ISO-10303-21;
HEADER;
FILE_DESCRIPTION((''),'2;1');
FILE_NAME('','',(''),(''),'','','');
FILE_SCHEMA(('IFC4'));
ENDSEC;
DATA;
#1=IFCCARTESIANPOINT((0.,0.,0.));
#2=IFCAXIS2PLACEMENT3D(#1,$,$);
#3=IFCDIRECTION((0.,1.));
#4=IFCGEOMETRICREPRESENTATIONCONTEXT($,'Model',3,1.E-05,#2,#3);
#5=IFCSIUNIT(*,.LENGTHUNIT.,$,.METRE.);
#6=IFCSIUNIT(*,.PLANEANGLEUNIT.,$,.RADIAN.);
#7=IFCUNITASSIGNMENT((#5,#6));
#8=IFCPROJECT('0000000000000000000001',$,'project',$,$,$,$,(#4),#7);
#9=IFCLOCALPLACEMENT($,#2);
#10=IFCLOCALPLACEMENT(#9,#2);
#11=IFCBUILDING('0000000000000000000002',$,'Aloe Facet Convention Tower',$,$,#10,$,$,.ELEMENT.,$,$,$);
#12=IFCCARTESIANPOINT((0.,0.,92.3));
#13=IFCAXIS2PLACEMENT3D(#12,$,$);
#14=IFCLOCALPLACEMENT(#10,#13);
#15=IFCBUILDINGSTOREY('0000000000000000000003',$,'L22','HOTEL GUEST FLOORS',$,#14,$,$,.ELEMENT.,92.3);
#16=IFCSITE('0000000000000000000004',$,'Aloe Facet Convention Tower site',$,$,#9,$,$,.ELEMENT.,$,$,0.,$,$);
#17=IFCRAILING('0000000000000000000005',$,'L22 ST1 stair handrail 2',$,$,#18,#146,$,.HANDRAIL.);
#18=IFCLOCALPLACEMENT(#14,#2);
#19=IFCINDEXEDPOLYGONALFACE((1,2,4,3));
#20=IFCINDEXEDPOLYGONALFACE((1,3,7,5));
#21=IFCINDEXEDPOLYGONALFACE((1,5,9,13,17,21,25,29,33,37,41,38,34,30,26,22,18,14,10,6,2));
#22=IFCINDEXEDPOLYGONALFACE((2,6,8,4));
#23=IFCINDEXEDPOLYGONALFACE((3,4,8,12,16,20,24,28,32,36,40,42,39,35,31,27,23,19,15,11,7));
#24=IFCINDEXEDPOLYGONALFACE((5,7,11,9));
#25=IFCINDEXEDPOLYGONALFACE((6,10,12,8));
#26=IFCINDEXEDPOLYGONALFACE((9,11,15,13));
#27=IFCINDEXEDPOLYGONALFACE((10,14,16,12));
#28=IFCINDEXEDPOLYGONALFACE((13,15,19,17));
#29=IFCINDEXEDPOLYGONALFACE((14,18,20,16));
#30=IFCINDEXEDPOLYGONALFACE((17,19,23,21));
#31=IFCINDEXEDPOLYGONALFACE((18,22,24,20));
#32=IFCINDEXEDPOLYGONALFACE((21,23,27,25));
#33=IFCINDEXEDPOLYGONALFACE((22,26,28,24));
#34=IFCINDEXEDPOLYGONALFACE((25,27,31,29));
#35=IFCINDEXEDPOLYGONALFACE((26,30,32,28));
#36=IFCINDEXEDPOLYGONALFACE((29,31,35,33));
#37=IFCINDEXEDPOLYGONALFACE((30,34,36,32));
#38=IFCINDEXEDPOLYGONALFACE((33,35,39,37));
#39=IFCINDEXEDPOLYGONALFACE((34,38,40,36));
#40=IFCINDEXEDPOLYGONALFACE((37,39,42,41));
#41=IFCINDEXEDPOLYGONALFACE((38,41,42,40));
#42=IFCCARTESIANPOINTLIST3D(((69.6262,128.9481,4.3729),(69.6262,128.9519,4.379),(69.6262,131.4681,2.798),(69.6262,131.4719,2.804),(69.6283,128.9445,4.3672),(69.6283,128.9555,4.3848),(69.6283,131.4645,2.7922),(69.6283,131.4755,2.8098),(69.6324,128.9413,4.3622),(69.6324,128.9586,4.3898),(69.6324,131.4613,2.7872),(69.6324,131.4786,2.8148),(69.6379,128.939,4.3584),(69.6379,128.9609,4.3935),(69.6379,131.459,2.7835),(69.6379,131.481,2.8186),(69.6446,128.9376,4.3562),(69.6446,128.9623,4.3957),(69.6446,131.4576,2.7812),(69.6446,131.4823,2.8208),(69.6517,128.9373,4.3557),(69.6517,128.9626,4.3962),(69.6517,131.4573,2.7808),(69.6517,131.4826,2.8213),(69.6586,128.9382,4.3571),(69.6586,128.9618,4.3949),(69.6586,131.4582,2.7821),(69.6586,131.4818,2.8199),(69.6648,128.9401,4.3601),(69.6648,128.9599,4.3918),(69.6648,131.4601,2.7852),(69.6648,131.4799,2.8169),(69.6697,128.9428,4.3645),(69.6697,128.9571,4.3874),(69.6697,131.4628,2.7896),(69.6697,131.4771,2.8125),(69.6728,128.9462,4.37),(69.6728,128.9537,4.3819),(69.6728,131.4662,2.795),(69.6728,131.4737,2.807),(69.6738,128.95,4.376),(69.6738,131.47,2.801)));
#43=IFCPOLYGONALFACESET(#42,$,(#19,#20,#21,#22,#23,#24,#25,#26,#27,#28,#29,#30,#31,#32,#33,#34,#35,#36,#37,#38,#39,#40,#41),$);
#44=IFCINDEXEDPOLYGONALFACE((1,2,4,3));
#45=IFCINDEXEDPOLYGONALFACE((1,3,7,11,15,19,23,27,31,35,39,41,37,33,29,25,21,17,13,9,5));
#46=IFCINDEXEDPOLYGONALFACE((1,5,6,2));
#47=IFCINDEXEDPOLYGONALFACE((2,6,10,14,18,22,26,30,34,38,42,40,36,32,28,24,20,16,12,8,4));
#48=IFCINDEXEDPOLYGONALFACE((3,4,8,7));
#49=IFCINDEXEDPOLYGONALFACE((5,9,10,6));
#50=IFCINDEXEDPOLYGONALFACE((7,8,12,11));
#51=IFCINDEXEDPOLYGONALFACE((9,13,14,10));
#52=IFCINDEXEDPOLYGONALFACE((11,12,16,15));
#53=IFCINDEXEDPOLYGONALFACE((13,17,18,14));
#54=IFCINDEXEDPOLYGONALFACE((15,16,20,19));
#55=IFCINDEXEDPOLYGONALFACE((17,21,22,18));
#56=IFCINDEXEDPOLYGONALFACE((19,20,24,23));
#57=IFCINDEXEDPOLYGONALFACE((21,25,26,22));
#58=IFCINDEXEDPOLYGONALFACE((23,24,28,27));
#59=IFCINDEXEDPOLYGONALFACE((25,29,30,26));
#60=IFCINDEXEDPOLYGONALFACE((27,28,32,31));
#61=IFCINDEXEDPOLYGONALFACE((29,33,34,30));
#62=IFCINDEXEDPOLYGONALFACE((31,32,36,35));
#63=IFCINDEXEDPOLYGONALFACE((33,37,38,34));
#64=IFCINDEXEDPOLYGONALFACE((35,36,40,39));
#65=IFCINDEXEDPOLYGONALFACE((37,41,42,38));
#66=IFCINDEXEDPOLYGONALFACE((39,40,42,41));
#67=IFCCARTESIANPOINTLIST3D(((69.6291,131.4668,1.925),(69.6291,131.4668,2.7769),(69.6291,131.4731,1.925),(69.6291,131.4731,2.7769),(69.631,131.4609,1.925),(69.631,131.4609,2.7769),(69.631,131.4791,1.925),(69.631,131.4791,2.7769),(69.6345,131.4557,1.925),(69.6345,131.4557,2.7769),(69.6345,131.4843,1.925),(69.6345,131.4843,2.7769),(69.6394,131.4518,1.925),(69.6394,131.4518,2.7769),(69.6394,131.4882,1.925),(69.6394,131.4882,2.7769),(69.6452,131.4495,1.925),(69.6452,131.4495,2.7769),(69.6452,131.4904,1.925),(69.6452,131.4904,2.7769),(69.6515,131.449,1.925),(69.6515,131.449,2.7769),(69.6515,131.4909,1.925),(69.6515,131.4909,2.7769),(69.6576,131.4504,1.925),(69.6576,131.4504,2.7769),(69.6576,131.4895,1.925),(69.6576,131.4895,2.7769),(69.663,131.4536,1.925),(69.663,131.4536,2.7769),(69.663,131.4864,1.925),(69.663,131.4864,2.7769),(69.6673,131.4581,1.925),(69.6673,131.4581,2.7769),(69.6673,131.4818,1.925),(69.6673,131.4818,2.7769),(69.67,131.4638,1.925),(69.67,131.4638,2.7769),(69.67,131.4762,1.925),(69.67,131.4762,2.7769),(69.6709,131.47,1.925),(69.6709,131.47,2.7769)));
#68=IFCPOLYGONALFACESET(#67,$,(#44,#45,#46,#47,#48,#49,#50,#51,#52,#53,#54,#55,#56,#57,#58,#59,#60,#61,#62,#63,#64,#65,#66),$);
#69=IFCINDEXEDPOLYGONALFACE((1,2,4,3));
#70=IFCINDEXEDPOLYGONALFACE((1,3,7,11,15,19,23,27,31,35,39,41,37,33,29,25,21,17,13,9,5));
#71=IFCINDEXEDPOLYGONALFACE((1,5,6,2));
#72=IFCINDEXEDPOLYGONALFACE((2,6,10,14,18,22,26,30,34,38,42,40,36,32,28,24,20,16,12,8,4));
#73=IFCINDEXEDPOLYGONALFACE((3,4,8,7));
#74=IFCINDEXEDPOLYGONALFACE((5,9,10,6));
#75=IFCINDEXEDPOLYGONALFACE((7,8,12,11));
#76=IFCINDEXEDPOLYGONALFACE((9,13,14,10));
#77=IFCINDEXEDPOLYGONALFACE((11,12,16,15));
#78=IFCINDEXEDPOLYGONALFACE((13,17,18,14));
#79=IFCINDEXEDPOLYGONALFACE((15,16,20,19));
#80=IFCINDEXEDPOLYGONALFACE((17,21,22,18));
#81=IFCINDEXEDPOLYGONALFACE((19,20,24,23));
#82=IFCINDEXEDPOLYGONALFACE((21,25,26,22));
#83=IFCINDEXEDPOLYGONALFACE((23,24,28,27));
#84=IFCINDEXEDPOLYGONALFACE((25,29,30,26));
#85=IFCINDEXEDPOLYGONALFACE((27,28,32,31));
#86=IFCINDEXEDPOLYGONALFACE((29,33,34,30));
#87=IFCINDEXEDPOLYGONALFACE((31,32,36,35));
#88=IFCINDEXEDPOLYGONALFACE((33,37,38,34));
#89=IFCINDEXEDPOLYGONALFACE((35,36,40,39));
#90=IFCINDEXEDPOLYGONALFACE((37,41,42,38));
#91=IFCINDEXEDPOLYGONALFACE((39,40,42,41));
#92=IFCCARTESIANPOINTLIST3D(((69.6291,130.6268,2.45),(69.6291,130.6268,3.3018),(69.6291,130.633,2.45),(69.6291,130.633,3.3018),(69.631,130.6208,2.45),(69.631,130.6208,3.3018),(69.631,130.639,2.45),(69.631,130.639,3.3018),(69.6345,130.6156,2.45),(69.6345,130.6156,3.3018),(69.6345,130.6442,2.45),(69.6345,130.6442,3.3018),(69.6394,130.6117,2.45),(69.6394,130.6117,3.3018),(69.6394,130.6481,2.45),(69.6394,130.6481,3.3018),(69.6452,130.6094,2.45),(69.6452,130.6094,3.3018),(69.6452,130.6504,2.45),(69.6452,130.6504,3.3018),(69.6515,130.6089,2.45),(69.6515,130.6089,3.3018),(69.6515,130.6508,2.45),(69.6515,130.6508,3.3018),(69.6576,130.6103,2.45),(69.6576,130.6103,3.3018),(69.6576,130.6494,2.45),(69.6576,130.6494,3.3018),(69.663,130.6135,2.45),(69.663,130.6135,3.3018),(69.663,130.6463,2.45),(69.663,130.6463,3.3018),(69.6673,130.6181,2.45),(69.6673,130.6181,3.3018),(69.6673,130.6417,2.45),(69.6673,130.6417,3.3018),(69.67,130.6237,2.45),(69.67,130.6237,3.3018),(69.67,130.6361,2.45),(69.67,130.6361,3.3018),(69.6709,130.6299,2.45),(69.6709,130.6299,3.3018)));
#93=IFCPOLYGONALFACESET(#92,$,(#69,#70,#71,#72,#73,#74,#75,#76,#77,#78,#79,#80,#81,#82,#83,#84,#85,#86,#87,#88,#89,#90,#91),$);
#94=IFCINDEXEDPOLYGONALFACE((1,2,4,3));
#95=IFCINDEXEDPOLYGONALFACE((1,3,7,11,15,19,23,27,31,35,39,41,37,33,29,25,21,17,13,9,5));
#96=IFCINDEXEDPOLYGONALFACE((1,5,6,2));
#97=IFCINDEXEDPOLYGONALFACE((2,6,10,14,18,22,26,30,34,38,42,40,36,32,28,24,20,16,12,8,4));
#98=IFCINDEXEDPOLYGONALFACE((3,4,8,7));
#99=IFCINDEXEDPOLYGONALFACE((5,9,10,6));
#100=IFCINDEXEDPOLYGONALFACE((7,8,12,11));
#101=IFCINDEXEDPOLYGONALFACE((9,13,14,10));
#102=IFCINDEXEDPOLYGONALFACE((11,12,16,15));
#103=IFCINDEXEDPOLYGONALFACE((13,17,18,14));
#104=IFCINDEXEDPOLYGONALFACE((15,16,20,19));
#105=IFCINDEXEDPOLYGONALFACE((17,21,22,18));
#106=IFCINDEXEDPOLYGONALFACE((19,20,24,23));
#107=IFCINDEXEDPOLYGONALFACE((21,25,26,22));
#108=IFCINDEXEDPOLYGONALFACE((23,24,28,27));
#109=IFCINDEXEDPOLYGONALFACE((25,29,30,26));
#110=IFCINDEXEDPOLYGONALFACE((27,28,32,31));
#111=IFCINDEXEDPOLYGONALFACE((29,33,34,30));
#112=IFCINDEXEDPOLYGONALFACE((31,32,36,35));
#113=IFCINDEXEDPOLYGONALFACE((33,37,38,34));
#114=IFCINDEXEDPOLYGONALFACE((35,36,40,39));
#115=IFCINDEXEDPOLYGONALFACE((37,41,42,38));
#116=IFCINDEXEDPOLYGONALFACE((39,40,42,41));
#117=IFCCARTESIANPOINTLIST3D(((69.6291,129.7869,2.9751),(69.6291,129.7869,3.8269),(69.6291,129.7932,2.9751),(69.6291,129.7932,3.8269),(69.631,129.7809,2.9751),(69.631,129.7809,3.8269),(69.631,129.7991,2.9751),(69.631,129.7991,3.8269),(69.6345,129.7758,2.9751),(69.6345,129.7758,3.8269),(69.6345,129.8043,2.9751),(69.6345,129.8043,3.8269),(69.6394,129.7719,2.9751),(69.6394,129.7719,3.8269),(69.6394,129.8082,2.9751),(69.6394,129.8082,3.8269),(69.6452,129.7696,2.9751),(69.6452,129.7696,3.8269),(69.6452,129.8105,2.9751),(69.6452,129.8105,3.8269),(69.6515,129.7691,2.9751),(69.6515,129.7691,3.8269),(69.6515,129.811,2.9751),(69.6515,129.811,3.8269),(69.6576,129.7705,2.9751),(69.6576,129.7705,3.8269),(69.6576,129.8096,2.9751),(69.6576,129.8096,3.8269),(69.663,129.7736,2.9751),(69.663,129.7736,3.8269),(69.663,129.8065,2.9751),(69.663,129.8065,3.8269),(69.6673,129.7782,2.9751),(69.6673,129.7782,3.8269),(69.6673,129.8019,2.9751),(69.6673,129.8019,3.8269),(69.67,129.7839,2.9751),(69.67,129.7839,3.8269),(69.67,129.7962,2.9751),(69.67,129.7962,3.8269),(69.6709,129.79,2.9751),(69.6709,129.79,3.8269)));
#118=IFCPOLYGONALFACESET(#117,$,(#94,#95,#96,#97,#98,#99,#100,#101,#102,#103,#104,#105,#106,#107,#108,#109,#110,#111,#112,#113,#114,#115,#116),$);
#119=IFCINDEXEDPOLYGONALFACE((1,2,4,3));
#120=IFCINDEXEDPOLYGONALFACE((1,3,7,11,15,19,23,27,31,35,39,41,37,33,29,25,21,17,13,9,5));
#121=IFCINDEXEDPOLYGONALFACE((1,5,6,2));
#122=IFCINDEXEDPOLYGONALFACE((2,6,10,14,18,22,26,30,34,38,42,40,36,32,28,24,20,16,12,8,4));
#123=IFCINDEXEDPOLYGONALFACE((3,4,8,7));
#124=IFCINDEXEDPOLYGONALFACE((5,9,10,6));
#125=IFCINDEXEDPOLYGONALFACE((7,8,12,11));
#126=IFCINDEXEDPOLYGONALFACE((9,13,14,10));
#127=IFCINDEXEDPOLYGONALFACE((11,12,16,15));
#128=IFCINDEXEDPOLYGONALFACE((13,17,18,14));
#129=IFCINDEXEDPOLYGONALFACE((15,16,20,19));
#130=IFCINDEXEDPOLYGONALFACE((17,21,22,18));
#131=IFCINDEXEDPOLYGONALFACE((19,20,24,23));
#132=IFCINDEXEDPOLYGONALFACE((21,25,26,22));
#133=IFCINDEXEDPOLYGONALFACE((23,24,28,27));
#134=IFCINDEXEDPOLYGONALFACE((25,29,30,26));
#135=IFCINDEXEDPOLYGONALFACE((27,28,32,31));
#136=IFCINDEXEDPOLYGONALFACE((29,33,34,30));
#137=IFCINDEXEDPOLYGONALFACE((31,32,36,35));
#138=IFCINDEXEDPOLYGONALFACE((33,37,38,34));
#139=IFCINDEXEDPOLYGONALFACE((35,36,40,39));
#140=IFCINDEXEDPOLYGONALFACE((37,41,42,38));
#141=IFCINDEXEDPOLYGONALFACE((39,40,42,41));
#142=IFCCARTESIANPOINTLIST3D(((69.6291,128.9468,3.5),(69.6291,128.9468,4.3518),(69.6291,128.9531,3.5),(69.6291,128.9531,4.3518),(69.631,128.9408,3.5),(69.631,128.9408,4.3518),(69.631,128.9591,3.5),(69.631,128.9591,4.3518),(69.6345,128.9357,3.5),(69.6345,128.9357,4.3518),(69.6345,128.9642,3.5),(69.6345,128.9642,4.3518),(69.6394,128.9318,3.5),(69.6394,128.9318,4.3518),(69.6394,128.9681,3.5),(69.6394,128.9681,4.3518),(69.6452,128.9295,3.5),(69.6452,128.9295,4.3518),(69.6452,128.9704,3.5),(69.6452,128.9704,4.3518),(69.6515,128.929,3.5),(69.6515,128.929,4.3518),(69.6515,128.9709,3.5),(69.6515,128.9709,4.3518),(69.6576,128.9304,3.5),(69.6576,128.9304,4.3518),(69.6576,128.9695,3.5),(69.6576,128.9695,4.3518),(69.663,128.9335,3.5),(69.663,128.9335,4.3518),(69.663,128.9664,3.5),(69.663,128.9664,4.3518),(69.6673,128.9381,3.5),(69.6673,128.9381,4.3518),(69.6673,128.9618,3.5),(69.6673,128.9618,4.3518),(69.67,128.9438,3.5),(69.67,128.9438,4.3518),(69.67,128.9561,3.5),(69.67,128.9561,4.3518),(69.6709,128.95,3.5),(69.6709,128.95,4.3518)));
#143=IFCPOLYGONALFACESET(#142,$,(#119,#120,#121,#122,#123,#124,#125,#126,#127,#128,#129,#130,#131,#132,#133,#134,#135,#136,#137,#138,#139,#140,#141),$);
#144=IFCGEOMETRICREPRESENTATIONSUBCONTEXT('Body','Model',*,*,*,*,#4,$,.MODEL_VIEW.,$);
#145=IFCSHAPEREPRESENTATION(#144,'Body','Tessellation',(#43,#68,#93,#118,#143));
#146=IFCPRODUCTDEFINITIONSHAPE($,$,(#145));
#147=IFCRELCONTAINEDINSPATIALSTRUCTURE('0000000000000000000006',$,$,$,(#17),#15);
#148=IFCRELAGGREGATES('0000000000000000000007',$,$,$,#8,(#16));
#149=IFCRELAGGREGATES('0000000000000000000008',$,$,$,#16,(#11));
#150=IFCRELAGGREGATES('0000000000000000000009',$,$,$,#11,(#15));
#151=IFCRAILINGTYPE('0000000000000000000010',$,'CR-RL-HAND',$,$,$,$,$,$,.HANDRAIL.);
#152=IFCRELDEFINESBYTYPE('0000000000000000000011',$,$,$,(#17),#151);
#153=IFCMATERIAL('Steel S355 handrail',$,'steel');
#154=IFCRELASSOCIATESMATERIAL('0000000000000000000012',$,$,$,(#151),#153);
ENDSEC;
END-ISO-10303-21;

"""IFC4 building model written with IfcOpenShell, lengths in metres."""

from ifc_helpers import new_model, si_unit, direction, frame, origin, origin_2d, place, context, subcontext, project, spatial, circle, extrude, material, type_object, element, save


model = new_model("IFC4")

# Units and contexts
model_context = context("Model", 3, precision=1e-05, world=origin(), true_north=direction((0.0, 1.0)))
body_context = subcontext(model_context, "Body", "Model", "MODEL_VIEW")
ifc_project = project(units=[si_unit("LENGTHUNIT", "METRE"), si_unit("PLANEANGLEUNIT", "RADIAN")], contexts=[model_context])

# Site, building, storey
site_placement = place(None, origin())
site = spatial("IfcSite", under=ifc_project, at=site_placement, Name="Aloe Facet Convention Tower site", CompositionType="ELEMENT", RefElevation=0.0)
building_placement = place(site_placement, origin())
building = spatial("IfcBuilding", under=site, at=building_placement, Name="Aloe Facet Convention Tower", CompositionType="ELEMENT")
storey_placement = place(building_placement, frame((0.0, 0.0, 92.3)))
storey = spatial("IfcBuildingStorey", under=building, at=storey_placement, Name="L22", Description="HOTEL GUEST FLOORS", CompositionType="ELEMENT", Elevation=92.3)

# Railing
ifc_material_1 = material(Name="Steel S355 handrail", Category="steel")
railing_type_1 = type_object("IfcRailingType", Name="CR-RL-HAND", PredefinedType="HANDRAIL", material=ifc_material_1)
railing_1_placement = place(storey_placement, frame((69.6499, 131.47, 1.925)))
element("IfcRailing", 1, at=railing_1_placement, inside=storey, type_object=railing_type_1, Name="L22 ST1 stair handrail 2", PredefinedType="HANDRAIL", context=body_context, shape_type="SweptSolid", body=[
    extrude(circle(Radius=0.0239, at=origin_2d()), frame((0.0, 0.0, 0.876), z_axis=(0.0, -0.848008, 0.529984), x_axis=(1.0, 0.0, 0.0)), (0.0, 0.0, 1.0), 2.9717),
    extrude(circle(Radius=0.021, at=origin_2d()), origin(), (0.0, 0.0, 1.0), 0.8518),
    extrude(circle(Radius=0.021, at=origin_2d()), frame((0.0, -0.8401, 0.5249)), (0.0, 0.0, 1.0), 0.8518),
    extrude(circle(Radius=0.021, at=origin_2d()), frame((0.0, -1.6799, 1.05)), (0.0, 0.0, 1.0), 0.8518),
    extrude(circle(Radius=0.021, at=origin_2d()), frame((0.0, -2.52, 1.575)), (0.0, 0.0, 1.0), 0.8518),
])

save(model, "model.ifc")
